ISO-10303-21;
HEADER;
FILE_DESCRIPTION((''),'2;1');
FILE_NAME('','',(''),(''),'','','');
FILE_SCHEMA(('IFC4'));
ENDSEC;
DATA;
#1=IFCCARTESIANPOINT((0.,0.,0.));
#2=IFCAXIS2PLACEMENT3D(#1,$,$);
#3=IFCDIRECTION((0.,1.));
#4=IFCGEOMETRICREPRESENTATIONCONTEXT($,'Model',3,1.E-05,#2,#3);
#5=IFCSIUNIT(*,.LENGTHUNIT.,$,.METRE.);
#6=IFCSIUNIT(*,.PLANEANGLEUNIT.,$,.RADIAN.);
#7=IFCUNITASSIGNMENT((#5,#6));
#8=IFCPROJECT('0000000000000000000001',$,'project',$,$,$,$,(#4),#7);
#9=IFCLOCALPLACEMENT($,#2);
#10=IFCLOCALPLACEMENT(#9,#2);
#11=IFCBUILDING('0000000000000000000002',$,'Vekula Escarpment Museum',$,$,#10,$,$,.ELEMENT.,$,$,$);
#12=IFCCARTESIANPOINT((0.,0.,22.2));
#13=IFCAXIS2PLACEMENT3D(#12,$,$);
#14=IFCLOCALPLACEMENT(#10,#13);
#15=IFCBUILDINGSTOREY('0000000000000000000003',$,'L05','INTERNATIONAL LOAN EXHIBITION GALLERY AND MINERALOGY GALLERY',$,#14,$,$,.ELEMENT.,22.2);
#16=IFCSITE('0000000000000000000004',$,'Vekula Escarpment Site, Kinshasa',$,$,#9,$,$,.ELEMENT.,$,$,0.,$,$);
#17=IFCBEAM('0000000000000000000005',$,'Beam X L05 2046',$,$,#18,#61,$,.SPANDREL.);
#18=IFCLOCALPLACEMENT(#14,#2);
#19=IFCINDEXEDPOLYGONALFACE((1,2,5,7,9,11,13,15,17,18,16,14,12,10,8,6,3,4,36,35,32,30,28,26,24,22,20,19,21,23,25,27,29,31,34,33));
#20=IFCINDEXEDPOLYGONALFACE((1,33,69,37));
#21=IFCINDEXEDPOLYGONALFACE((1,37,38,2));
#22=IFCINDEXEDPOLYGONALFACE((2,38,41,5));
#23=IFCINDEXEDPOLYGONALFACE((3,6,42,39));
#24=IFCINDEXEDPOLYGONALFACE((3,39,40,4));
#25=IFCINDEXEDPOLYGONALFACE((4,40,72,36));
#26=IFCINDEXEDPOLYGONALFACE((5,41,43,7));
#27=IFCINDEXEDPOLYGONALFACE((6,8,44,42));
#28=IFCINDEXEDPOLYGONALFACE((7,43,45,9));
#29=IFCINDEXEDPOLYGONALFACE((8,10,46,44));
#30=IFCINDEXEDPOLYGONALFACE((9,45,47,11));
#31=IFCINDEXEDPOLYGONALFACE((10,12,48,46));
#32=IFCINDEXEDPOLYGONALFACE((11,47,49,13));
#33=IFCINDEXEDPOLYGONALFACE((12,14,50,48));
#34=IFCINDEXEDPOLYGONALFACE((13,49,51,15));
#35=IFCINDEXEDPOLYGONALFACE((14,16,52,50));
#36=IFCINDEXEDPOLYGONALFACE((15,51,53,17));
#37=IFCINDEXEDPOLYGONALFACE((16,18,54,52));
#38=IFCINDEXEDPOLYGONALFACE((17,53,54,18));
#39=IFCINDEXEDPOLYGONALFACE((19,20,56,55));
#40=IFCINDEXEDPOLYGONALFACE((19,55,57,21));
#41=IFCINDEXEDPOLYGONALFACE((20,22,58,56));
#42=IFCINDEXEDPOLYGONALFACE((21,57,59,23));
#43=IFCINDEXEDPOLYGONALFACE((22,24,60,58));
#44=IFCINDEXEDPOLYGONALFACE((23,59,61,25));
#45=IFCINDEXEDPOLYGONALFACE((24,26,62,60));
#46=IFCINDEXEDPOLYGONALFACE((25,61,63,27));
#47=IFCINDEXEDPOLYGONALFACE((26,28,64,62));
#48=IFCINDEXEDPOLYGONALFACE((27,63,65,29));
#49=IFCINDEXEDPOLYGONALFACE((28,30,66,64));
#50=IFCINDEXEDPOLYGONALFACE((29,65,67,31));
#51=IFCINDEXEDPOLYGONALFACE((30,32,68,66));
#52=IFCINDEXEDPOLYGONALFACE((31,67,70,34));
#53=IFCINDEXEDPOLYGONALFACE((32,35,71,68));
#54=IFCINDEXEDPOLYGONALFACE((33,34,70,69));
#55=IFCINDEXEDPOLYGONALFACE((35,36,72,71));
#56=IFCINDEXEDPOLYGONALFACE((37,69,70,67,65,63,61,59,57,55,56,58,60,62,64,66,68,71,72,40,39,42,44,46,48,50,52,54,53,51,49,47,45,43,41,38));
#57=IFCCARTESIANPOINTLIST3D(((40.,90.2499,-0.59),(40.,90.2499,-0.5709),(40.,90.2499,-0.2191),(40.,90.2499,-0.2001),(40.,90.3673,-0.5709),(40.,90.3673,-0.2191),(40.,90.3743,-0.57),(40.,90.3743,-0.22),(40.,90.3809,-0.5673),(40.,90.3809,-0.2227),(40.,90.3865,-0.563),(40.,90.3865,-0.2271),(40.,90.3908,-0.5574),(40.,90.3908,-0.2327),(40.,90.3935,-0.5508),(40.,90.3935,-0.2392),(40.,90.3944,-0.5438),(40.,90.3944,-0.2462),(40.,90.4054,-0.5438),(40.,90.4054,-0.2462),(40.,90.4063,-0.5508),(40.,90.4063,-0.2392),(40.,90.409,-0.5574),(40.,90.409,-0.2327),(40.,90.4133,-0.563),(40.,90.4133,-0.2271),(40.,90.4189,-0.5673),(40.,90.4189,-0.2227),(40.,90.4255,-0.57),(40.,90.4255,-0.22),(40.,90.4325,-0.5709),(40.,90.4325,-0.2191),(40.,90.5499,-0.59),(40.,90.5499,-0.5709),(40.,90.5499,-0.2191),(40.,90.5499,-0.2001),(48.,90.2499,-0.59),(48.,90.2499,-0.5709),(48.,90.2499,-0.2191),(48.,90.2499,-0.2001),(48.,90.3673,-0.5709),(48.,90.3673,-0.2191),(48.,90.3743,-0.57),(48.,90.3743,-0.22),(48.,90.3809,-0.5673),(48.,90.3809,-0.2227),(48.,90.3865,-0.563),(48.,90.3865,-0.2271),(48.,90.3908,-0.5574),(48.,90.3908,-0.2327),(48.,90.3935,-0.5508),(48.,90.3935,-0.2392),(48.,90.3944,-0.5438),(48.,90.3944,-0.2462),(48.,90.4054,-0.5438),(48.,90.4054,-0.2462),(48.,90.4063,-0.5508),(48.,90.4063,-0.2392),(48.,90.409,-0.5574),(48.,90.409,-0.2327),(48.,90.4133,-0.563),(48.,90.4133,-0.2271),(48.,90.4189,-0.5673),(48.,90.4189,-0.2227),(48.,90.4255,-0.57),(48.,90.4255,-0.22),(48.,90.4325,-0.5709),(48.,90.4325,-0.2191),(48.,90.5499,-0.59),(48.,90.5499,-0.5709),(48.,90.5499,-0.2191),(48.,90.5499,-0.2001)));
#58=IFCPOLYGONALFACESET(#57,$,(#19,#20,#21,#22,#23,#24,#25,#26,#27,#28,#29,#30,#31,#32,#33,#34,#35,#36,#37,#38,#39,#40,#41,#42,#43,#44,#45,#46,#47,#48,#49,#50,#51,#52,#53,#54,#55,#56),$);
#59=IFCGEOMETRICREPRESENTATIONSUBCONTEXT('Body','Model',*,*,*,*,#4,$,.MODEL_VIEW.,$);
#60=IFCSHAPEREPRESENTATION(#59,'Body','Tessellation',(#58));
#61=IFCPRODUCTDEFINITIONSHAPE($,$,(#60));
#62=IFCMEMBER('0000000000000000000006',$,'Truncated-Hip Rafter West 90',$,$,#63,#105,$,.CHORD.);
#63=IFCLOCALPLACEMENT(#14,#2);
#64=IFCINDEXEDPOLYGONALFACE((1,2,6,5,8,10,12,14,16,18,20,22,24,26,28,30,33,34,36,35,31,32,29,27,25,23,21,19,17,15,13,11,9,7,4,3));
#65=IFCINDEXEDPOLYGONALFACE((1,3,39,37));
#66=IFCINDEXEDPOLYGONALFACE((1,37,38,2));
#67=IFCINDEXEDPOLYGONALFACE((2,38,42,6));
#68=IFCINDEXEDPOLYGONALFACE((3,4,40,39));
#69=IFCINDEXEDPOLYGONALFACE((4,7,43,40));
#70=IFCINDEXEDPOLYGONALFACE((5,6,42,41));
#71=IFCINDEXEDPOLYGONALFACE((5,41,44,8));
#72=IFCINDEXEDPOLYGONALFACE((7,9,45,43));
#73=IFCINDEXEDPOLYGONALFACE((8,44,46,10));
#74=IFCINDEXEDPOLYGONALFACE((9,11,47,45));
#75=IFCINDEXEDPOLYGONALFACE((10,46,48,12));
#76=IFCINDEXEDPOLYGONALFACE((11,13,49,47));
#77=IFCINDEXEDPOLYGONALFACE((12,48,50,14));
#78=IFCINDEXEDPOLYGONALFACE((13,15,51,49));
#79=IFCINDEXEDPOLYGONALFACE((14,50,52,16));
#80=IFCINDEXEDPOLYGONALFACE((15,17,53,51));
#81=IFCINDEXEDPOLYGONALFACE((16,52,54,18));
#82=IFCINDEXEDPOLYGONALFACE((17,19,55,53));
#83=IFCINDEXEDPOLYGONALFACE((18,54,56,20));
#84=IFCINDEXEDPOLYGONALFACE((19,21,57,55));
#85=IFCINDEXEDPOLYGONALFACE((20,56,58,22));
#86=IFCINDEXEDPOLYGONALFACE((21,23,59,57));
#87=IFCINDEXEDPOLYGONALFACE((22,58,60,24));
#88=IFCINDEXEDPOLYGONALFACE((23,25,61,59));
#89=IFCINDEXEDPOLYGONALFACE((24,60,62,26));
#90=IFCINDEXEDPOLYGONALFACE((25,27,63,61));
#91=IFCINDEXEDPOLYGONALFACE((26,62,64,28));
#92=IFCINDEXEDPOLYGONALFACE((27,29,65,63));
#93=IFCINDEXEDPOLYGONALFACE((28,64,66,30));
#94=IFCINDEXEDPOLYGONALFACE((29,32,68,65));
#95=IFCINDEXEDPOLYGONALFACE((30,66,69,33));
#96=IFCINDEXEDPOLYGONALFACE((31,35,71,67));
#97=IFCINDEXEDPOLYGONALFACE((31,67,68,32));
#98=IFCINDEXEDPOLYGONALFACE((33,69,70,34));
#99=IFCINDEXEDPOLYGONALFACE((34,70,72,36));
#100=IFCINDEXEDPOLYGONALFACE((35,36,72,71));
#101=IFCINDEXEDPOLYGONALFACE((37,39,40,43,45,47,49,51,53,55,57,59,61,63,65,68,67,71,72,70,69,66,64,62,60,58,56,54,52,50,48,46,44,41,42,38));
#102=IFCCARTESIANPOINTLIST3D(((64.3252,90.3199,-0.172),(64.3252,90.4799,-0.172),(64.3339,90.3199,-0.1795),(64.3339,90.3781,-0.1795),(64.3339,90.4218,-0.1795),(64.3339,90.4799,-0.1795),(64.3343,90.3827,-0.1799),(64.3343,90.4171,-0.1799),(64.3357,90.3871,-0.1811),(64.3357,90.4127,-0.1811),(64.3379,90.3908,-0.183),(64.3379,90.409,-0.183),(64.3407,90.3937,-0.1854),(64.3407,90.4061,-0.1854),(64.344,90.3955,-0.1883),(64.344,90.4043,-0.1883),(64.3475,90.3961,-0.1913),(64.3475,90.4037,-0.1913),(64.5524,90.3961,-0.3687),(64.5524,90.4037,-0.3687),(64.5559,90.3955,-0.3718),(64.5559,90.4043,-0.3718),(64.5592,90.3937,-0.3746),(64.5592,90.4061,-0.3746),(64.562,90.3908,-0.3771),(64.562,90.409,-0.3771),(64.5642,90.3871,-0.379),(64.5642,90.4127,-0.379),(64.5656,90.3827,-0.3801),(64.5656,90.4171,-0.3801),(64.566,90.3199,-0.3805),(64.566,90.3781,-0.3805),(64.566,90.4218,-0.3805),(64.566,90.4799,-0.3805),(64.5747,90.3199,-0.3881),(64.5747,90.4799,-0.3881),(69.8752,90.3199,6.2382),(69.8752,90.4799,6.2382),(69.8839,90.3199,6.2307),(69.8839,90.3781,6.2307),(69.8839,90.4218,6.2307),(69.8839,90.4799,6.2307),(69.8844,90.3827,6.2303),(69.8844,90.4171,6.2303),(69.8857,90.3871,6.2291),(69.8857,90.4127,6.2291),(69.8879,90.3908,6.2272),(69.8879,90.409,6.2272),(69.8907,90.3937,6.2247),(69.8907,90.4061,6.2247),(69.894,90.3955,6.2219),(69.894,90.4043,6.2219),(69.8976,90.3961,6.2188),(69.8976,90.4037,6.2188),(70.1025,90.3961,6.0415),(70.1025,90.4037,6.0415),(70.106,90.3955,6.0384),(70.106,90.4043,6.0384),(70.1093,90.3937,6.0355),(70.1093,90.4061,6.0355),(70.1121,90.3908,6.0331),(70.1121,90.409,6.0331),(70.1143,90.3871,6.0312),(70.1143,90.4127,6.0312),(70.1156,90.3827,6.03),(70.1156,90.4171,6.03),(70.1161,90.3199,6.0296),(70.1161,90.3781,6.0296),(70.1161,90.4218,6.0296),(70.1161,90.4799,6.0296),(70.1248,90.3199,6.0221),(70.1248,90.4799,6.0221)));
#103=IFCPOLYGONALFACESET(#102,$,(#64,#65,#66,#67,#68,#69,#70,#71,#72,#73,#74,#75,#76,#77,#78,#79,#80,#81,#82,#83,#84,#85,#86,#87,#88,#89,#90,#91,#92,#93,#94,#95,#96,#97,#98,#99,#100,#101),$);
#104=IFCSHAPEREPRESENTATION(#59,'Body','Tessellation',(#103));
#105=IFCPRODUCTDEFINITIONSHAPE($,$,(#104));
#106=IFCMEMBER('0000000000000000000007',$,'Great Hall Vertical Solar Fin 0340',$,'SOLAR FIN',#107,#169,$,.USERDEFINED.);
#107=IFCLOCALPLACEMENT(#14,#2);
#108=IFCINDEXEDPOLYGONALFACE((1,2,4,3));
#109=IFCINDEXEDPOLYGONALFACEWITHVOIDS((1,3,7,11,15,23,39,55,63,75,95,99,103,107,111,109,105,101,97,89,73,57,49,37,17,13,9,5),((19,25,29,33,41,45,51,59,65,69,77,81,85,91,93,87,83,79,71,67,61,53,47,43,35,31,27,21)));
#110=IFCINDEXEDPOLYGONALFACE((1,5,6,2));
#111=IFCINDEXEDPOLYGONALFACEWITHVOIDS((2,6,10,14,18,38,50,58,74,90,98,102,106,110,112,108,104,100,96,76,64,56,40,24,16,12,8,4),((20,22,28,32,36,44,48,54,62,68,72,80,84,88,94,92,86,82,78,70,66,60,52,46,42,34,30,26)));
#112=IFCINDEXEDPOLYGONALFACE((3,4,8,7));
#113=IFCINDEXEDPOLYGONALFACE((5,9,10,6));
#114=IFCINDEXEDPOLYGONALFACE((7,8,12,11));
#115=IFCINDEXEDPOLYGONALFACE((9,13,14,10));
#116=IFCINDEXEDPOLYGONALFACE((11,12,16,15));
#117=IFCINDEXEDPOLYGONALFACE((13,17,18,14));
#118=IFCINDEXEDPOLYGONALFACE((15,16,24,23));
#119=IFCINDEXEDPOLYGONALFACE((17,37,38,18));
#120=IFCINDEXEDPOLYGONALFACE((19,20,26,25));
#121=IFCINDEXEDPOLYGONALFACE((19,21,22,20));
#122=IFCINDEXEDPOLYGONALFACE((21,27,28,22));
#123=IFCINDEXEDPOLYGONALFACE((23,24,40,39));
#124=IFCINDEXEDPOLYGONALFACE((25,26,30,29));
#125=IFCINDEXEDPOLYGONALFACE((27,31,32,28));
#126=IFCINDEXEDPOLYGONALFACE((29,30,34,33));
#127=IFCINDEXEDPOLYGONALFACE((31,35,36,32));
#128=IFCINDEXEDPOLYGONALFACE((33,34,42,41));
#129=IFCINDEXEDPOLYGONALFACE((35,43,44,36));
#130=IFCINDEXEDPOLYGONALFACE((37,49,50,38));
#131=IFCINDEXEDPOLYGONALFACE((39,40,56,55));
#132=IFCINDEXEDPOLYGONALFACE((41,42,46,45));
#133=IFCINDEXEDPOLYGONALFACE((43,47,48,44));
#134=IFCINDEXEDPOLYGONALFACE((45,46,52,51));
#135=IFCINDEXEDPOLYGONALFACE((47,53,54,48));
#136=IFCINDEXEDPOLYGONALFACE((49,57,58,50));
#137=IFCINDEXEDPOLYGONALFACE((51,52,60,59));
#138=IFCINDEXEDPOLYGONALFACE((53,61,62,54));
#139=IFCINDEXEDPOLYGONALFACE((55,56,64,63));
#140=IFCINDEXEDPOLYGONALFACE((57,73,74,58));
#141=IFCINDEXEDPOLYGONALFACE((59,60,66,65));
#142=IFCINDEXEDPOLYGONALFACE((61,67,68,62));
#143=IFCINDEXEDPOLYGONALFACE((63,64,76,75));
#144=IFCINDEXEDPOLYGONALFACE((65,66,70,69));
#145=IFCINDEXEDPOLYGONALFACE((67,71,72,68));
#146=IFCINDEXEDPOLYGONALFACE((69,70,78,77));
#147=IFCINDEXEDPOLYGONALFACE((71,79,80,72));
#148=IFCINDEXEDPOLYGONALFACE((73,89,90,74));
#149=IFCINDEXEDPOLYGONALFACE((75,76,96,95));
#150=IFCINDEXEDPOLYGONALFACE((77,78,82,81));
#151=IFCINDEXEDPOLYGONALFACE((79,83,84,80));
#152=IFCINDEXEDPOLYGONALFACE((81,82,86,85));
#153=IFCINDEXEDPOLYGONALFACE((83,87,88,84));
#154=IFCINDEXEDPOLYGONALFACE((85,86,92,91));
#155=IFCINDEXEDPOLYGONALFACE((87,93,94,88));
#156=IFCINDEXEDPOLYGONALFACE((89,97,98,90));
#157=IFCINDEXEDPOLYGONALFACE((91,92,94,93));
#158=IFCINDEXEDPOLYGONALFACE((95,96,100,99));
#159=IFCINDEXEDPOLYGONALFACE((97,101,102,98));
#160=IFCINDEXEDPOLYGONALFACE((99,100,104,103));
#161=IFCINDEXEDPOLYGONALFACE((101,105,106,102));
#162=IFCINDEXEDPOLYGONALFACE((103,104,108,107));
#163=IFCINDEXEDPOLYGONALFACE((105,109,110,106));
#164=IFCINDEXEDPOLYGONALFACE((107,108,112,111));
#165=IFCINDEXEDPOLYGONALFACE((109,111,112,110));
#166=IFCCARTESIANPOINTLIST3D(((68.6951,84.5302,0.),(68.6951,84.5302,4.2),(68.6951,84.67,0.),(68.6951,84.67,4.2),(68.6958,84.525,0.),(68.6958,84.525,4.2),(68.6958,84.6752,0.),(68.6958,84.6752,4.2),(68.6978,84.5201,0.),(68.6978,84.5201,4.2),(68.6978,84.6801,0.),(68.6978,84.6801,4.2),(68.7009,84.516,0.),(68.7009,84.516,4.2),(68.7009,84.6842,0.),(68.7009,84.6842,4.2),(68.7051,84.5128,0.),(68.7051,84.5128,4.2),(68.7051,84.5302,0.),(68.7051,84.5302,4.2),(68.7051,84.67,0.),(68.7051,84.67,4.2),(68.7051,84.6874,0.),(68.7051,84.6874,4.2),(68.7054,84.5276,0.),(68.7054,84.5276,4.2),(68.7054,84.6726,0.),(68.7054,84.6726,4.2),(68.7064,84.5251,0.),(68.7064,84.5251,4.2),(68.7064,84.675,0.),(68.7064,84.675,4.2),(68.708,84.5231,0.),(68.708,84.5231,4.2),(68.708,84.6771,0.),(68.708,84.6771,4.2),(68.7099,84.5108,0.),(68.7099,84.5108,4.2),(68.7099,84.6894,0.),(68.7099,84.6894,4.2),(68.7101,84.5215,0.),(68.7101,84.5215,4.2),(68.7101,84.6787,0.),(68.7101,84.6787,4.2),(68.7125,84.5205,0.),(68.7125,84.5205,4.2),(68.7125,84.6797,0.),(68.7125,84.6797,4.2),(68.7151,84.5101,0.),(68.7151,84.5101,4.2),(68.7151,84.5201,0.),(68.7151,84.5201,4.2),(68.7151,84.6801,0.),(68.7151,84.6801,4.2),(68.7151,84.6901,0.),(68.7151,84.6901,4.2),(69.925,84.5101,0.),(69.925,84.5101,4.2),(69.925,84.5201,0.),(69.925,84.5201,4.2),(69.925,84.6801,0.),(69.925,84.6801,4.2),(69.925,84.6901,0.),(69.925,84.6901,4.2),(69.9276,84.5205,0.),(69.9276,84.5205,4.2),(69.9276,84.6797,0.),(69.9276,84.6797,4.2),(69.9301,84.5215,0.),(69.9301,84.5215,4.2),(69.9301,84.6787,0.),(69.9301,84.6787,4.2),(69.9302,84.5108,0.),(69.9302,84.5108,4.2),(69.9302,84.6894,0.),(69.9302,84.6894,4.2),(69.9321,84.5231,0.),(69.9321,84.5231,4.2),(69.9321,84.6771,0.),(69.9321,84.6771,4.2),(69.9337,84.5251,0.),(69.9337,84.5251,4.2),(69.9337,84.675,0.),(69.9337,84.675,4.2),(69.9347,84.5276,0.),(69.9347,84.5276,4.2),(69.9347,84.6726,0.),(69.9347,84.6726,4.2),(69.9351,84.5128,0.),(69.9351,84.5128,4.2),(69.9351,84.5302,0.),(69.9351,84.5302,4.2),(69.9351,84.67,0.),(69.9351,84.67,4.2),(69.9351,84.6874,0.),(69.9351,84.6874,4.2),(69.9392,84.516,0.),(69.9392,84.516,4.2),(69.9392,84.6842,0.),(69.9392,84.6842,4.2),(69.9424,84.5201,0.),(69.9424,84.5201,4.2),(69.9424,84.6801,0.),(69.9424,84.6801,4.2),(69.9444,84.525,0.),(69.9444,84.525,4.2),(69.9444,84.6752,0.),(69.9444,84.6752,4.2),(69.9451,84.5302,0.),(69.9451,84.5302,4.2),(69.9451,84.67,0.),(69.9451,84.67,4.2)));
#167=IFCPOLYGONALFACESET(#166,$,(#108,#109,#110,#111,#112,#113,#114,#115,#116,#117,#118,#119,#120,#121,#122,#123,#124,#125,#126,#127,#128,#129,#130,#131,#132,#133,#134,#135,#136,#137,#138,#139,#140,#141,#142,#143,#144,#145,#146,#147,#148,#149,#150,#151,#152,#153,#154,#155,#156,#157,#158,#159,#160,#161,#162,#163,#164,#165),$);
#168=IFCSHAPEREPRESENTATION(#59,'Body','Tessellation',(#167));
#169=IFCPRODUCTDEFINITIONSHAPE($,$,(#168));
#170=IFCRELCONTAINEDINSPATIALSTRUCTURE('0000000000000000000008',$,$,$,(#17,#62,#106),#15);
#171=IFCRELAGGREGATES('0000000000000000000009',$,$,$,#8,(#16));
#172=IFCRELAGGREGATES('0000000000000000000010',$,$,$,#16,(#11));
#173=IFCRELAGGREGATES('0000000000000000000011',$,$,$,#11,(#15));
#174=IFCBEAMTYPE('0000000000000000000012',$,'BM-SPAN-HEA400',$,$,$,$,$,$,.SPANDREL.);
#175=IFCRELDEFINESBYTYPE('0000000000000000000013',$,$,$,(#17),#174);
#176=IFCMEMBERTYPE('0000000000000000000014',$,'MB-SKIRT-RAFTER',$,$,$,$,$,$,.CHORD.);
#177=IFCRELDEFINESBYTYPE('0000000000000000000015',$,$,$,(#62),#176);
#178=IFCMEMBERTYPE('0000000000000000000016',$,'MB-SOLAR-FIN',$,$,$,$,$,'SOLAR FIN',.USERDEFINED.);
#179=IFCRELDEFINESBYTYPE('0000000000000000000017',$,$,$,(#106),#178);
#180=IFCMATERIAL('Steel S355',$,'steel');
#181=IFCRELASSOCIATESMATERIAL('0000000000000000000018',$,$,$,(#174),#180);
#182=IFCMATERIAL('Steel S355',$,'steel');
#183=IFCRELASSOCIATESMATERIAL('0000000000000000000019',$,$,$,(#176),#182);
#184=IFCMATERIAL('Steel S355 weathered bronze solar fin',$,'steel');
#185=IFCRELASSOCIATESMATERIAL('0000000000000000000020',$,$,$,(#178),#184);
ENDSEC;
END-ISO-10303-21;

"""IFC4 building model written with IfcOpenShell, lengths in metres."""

from ifc_helpers import new_model, si_unit, direction, frame, origin, origin_2d, place, context, subcontext, project, spatial, hollow_rectangle, i_section, extrude, material, material_profile, profile_set, type_object, element, save


model = new_model("IFC4")

# Units and contexts
model_context = context("Model", 3, precision=1e-05, world=origin(), true_north=direction((0.0, 1.0)))
body_context = subcontext(model_context, "Body", "Model", "MODEL_VIEW")
ifc_project = project(units=[si_unit("LENGTHUNIT", "METRE"), si_unit("PLANEANGLEUNIT", "RADIAN")], contexts=[model_context])

# Site, building, storey
site_placement = place(None, origin())
site = spatial("IfcSite", under=ifc_project, at=site_placement, Name="Vekula Escarpment Site, Kinshasa", CompositionType="ELEMENT", RefElevation=0.0)
building_placement = place(site_placement, origin())
building = spatial("IfcBuilding", under=site, at=building_placement, Name="Vekula Escarpment Museum", CompositionType="ELEMENT")
storey_placement = place(building_placement, frame((0.0, 0.0, 22.2)))
storey = spatial("IfcBuildingStorey", under=building, at=storey_placement, Name="L05", Description="INTERNATIONAL LOAN EXHIBITION GALLERY AND MINERALOGY GALLERY", CompositionType="ELEMENT", Elevation=22.2)

# Beam
ifc_material_1 = material(Name="Steel S355", Category="steel")
ifc_material_profile_1 = material_profile(ifc_material_1, i_section(OverallWidth=0.3, OverallDepth=0.3899, WebThickness=0.011, FlangeThickness=0.019, FilletRadius=0.0271, at=origin_2d()), Name="HEA 400")
ifc_profile_set_1 = profile_set([ifc_material_profile_1], Name="Steel S355")
beam_type_1 = type_object("IfcBeamType", Name="BM-SPAN-HEA400", PredefinedType="SPANDREL", material=ifc_profile_set_1)
beam_1_placement = place(storey_placement, frame((40.0, 90.3999, -0.395), z_axis=(1.0, 0.0, 0.0), x_axis=(0.0, 1.0, 0.0)))
element("IfcBeam", 1, at=beam_1_placement, inside=storey, type_object=beam_type_1, Name="Beam X L05 2046", PredefinedType="SPANDREL", context=body_context, shape_type="SweptSolid", body=[
    extrude(i_section(OverallWidth=0.3, OverallDepth=0.3899, WebThickness=0.011, FlangeThickness=0.019, FilletRadius=0.0271, at=origin_2d()), origin(), (0.0, 0.0, 1.0), 8.0),
])

# Members
ifc_material_2 = material(Name="Steel S355", Category="steel")
ifc_material_profile_2 = material_profile(ifc_material_2, i_section(OverallWidth=0.1599, OverallDepth=0.3301, WebThickness=0.0076, FlangeThickness=0.0115, FilletRadius=0.0181, at=origin_2d()), Name="IPE 330")
ifc_profile_set_2 = profile_set([ifc_material_profile_2], Name="Steel S355")
member_type_1 = type_object("IfcMemberType", Name="MB-SKIRT-RAFTER", PredefinedType="CHORD", material=ifc_profile_set_2)
member_placement = place(storey_placement, frame((64.45, 90.3999, -0.28), z_axis=(0.654565, 0.0, 0.756005), x_axis=(0.0, 1.0, 0.0)))
element("IfcMember", 2, at=member_placement, inside=storey, type_object=member_type_1, Name="Truncated-Hip Rafter West 90", PredefinedType="CHORD", context=body_context, shape_type="SweptSolid", body=[
    extrude(i_section(OverallWidth=0.1599, OverallDepth=0.3301, WebThickness=0.0076, FlangeThickness=0.0115, FilletRadius=0.0181, at=origin_2d()), origin(), (0.0, 0.0, 1.0), 8.479),
])
ifc_material_3 = material(Name="Steel S355 weathered bronze solar fin", Category="steel")
ifc_material_profile_3 = material_profile(ifc_material_3, hollow_rectangle(XDim=0.1799, YDim=1.25, WallThickness=0.01, InnerFilletRadius=0.01, OuterFilletRadius=0.02, at=origin_2d()), Name="RHS 1250x180x10")
ifc_profile_set_3 = profile_set([ifc_material_profile_3], Name="Steel S355 weathered bronze solar fin")
member_type_2 = type_object("IfcMemberType", Name="MB-SOLAR-FIN", ElementType="SOLAR FIN", PredefinedType="USERDEFINED", material=ifc_profile_set_3)
for number, where, z_axis, x_axis, name in (
    (3, (69.3201, 84.6001, 0.0), (0.0, 0.0, 1.0), (0.0, 1.0, 0.0), "Great Hall Vertical Solar Fin 0340"),
):
    element("IfcMember", number, at=place(storey_placement, frame(where, z_axis=z_axis, x_axis=x_axis)), inside=storey, type_object=member_type_2, Name=name, ObjectType="SOLAR FIN", PredefinedType="USERDEFINED", context=body_context, shape_type="SweptSolid", body=[
        extrude(hollow_rectangle(XDim=0.1799, YDim=1.25, WallThickness=0.01, InnerFilletRadius=0.01, OuterFilletRadius=0.02, at=origin_2d()), origin(), (0.0, 0.0, 1.0), 4.2),
    ])

save(model, "model.ifc")
